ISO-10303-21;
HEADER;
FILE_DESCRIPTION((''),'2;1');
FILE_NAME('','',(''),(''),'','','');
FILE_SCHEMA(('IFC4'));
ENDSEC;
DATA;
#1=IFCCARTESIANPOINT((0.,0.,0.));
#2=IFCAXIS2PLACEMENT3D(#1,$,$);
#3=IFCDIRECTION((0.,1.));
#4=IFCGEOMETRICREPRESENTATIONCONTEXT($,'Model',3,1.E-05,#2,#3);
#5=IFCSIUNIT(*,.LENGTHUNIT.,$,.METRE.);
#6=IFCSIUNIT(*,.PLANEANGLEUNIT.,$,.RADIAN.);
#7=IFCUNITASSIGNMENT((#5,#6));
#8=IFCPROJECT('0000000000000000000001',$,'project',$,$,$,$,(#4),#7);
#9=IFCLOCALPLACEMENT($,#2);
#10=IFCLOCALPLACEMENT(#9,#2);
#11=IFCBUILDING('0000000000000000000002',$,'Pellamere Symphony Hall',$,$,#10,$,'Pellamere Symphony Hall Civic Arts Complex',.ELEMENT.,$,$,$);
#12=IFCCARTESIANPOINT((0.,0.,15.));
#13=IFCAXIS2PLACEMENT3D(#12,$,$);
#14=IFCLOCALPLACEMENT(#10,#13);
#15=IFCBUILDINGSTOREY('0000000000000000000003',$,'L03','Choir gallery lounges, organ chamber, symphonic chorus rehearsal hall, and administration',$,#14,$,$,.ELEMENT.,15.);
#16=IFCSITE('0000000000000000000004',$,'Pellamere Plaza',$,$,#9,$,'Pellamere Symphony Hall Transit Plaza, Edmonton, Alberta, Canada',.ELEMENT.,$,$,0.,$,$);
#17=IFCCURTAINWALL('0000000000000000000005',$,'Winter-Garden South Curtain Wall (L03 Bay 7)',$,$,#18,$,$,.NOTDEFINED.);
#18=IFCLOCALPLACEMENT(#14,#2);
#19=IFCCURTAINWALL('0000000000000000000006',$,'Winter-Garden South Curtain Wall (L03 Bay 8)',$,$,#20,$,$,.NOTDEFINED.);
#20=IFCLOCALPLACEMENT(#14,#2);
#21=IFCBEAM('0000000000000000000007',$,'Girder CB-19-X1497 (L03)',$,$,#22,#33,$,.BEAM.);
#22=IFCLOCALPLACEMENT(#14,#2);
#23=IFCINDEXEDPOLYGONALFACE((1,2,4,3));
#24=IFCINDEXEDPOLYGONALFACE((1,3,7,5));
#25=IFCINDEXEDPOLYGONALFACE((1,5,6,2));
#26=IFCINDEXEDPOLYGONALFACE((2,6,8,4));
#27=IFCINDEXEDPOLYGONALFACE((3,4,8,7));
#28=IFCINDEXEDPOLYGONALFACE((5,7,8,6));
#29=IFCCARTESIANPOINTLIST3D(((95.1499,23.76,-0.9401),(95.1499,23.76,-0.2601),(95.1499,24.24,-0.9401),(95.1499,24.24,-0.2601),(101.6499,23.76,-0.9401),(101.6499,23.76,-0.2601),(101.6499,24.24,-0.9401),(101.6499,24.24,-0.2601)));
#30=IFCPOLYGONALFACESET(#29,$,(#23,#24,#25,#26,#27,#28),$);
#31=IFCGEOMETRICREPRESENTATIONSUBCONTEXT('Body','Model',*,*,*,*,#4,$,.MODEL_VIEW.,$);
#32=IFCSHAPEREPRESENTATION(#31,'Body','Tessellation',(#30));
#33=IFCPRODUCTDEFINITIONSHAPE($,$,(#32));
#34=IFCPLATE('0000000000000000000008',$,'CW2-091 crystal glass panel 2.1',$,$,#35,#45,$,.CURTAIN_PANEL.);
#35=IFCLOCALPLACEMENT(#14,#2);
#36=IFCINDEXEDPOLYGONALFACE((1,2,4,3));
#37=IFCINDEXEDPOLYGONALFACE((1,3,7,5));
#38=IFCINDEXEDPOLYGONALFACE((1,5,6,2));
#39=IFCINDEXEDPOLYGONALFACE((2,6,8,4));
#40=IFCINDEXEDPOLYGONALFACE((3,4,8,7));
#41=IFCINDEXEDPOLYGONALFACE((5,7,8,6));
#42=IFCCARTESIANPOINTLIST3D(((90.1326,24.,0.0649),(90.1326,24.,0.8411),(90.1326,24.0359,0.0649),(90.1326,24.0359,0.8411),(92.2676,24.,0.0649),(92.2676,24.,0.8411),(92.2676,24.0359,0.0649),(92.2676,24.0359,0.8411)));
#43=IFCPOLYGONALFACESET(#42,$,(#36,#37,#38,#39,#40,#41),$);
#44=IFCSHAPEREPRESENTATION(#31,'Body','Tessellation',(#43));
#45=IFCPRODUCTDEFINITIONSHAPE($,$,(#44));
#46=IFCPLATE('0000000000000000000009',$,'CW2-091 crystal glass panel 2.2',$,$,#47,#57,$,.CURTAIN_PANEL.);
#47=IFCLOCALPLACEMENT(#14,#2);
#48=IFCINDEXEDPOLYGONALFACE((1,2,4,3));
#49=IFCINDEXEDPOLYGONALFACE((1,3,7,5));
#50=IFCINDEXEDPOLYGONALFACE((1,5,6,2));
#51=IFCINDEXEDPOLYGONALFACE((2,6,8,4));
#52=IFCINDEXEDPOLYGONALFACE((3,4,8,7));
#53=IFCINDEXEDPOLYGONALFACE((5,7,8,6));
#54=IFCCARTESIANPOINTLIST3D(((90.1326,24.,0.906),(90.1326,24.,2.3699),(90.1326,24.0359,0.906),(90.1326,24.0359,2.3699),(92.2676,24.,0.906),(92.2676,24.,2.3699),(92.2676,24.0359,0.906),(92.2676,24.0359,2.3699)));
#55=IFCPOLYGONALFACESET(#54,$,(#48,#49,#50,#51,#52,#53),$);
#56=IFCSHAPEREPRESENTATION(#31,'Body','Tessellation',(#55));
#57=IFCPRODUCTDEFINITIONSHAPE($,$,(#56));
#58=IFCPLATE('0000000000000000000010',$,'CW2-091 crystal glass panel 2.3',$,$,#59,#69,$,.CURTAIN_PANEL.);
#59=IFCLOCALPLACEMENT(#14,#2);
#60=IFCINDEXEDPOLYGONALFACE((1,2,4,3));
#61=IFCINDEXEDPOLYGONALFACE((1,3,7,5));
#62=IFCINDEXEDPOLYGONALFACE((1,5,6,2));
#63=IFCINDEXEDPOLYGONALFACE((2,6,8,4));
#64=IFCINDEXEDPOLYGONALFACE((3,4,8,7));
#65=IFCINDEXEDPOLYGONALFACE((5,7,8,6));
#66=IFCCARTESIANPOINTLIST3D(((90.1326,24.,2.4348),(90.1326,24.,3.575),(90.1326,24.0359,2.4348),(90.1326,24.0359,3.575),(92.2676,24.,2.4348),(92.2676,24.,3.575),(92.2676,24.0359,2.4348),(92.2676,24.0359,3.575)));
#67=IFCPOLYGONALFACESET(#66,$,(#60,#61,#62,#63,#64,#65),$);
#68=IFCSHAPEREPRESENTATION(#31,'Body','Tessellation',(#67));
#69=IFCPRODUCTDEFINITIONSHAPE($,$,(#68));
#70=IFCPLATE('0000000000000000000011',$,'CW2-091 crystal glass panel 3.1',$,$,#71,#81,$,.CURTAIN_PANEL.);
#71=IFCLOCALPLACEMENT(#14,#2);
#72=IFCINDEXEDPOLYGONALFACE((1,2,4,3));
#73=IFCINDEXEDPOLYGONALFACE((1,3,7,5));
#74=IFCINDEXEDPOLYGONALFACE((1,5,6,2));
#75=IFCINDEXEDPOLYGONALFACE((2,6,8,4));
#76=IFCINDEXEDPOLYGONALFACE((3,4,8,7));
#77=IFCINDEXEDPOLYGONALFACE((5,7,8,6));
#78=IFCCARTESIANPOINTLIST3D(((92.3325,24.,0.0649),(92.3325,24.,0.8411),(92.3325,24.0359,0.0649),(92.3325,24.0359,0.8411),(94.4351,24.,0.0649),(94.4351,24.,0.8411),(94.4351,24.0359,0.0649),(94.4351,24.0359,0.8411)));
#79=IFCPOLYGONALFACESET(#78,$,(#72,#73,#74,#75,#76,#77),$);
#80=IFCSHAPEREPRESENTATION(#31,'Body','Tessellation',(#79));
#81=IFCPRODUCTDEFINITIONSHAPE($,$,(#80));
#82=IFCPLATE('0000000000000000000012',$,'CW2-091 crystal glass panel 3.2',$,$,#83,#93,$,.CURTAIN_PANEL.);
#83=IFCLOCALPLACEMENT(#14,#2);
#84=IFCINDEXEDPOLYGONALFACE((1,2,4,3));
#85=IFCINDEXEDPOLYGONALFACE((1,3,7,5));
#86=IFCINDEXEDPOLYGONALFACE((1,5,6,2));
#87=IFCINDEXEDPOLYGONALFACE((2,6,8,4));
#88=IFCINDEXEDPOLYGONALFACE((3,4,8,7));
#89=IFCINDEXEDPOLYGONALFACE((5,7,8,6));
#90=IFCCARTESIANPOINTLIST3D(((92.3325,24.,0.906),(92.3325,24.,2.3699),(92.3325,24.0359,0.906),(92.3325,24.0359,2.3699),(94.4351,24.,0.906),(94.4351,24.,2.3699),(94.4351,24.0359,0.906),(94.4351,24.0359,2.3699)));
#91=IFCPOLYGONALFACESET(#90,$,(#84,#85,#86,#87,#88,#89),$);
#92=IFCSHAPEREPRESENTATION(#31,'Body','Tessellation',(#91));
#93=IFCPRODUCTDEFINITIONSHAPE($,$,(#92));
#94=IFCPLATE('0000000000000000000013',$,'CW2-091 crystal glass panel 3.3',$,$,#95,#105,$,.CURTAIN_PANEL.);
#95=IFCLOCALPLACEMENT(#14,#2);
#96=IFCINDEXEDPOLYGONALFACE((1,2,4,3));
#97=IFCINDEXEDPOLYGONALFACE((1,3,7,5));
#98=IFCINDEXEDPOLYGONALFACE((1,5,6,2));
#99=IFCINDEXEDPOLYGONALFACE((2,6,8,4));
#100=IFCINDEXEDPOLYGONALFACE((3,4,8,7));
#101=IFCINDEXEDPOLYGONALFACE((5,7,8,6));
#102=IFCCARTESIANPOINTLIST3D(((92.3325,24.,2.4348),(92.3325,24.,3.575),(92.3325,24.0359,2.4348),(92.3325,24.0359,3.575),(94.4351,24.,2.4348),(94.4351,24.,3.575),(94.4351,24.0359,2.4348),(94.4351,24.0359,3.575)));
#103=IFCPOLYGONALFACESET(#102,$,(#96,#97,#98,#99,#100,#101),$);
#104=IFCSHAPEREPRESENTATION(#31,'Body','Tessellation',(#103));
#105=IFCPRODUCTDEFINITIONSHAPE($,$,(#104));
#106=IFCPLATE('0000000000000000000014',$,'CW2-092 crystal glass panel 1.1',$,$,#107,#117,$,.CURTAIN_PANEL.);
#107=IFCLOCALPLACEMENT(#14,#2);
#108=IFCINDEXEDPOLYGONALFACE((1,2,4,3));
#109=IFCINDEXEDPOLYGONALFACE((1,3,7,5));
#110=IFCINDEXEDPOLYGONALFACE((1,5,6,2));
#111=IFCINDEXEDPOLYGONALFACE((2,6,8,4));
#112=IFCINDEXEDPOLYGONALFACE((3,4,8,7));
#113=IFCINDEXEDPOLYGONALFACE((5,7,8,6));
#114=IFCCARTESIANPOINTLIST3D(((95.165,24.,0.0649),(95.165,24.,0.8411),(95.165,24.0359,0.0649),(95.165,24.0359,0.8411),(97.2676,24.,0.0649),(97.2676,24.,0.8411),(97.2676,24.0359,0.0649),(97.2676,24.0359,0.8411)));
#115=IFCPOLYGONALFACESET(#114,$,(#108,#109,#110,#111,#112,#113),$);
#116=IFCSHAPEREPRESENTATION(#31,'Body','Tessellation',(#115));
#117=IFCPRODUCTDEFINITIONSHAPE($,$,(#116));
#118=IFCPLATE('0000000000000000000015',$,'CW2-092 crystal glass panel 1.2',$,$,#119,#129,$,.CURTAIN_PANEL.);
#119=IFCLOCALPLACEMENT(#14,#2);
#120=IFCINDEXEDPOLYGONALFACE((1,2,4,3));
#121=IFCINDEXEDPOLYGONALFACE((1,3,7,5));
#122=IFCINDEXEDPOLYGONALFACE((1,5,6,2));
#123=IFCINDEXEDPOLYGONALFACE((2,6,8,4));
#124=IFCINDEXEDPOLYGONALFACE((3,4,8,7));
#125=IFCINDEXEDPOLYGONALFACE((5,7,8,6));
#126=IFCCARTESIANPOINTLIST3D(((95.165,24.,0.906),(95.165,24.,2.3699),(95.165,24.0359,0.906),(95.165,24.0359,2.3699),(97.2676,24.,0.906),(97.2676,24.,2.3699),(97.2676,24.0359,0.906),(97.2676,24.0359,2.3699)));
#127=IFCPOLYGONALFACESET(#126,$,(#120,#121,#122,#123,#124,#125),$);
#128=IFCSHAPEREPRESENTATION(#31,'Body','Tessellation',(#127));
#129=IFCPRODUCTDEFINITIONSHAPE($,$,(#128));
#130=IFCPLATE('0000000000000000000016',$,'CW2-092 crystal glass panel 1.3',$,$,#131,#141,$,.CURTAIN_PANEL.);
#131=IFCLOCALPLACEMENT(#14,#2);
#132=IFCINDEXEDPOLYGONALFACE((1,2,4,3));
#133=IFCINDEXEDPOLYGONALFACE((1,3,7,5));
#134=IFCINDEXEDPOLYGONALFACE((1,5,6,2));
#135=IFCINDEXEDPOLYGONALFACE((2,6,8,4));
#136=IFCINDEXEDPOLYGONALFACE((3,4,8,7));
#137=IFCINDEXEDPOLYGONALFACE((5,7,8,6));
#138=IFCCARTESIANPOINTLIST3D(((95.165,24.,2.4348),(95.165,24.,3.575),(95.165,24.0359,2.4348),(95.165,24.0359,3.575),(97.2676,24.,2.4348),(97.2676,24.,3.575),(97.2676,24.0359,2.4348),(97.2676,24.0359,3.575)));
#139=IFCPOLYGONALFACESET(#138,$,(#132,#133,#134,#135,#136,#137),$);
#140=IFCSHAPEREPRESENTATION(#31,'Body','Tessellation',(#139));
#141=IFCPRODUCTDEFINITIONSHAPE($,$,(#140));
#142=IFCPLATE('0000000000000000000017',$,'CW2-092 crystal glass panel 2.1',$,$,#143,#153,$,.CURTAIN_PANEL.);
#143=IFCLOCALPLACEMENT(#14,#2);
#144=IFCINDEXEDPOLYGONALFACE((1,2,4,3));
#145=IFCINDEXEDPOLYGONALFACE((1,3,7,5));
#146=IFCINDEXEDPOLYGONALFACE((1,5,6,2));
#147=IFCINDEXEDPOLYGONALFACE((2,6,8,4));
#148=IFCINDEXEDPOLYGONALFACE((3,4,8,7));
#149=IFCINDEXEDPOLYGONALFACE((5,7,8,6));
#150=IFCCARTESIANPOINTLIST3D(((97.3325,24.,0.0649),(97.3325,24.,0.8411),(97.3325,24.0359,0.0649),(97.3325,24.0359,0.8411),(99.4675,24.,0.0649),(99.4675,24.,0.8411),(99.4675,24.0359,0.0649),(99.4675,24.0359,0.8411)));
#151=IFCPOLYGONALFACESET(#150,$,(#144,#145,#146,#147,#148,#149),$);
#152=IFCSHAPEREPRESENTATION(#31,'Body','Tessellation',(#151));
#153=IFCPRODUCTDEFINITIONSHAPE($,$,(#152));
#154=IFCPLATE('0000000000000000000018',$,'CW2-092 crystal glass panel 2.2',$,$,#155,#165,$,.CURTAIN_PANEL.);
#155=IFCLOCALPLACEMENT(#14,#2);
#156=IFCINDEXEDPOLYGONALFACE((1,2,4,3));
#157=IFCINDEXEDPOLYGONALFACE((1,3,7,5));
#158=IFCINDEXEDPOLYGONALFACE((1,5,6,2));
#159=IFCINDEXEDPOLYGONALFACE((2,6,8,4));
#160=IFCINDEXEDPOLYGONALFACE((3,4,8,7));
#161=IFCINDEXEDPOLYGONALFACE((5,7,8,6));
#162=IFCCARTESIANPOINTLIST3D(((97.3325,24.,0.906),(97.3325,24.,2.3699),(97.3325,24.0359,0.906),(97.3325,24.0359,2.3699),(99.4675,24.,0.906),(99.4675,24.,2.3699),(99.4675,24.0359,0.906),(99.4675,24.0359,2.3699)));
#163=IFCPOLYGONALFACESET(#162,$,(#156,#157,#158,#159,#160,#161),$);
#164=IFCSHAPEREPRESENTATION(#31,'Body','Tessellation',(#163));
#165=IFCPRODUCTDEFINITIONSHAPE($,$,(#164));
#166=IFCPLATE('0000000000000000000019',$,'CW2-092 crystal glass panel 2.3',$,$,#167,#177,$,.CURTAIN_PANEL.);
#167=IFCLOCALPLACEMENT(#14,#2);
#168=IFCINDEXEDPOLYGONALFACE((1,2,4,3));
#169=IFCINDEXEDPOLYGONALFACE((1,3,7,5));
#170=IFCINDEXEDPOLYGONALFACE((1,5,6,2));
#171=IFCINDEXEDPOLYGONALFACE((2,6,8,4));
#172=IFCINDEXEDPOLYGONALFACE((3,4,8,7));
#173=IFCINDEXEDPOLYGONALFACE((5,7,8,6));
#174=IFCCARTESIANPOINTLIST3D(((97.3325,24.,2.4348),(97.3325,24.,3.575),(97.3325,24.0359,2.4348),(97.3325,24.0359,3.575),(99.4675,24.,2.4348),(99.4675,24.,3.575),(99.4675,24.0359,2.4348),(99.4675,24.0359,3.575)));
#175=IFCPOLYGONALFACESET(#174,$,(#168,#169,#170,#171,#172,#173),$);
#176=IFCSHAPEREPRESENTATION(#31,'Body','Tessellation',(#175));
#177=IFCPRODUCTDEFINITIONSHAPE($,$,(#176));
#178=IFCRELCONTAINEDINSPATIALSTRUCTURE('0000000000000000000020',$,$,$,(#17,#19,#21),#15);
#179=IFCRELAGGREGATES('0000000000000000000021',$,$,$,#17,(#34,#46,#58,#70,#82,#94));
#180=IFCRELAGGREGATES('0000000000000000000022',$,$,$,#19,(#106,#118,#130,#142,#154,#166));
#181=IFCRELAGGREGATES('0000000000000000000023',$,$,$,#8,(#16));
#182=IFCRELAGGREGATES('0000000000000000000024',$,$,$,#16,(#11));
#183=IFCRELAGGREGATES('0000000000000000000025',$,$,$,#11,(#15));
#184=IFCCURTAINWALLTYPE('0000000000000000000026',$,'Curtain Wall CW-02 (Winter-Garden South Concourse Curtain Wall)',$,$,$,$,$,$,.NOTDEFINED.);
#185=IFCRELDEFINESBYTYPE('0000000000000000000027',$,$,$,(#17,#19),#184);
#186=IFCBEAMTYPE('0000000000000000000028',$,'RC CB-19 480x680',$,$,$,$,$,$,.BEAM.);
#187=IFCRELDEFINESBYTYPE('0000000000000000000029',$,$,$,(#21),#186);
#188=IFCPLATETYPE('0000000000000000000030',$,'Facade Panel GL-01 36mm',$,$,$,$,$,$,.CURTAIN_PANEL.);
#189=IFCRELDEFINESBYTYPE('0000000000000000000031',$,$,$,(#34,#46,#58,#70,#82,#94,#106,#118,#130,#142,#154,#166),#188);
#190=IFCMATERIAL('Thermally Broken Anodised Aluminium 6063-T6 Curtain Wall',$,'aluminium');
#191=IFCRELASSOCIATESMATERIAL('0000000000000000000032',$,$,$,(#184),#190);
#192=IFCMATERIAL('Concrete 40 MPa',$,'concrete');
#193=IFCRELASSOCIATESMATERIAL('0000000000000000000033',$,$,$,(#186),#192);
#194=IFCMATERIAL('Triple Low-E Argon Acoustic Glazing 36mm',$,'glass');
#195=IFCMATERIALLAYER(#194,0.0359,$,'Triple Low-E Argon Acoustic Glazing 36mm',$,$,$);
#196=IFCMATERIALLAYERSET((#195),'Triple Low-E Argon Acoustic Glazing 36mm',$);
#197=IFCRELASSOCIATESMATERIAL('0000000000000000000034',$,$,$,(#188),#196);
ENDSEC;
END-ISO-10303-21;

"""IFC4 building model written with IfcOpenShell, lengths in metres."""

from ifc_helpers import new_model, si_unit, direction, frame, origin, origin_2d, place, context, subcontext, project, spatial, polyline, rectangle, outline, extrude, material, layer, layer_set, material_profile, profile_set, type_object, element, aggregate, save


model = new_model("IFC4")

# Units and contexts
model_context = context("Model", 3, precision=1e-05, world=origin(), true_north=direction((0.0, 1.0)))
body_context = subcontext(model_context, "Body", "Model", "MODEL_VIEW")
ifc_project = project(units=[si_unit("LENGTHUNIT", "METRE"), si_unit("PLANEANGLEUNIT", "RADIAN")], contexts=[model_context])

# Site, building, storey
site_placement = place(None, origin())
site = spatial("IfcSite", under=ifc_project, at=site_placement, Name="Pellamere Plaza", LongName="Pellamere Symphony Hall Transit Plaza, Edmonton, Alberta, Canada", CompositionType="ELEMENT", RefElevation=0.0)
building_placement = place(site_placement, origin())
building = spatial("IfcBuilding", under=site, at=building_placement, Name="Pellamere Symphony Hall", LongName="Pellamere Symphony Hall Civic Arts Complex", CompositionType="ELEMENT")
storey_placement = place(building_placement, frame((0.0, 0.0, 15.0)))
storey = spatial("IfcBuildingStorey", under=building, at=storey_placement, Name="L03", Description="Choir gallery lounges, organ chamber, symphonic chorus rehearsal hall, and administration", CompositionType="ELEMENT", Elevation=15.0)

# Shared definitions
ifc_material_1 = material(Name="Concrete 40 MPa", Category="concrete")

# Curtain walls
ifc_material_2 = material(Name="Thermally Broken Anodised Aluminium 6063-T6 Curtain Wall", Category="aluminium")
curtain_wall_type = type_object("IfcCurtainWallType", Name="Curtain Wall CW-02 (Winter-Garden South Concourse Curtain Wall)", PredefinedType="NOTDEFINED", material=ifc_material_2)
curtain_wall_1_placement = place(storey_placement, origin())
curtain_wall_1 = element("IfcCurtainWall", 1, at=curtain_wall_1_placement, inside=storey, type_object=curtain_wall_type, Name="Winter-Garden South Curtain Wall (L03 Bay 7)", PredefinedType="NOTDEFINED")
curtain_wall_2_placement = place(storey_placement, origin())
curtain_wall_2 = element("IfcCurtainWall", 2, at=curtain_wall_2_placement, inside=storey, type_object=curtain_wall_type, Name="Winter-Garden South Curtain Wall (L03 Bay 8)", PredefinedType="NOTDEFINED")

# Beam
ifc_material_profile_1 = material_profile(ifc_material_1, rectangle(XDim=0.48, YDim=0.6799, at=origin_2d()), Name="RC 480x680")
ifc_profile_set_1 = profile_set([ifc_material_profile_1], Name="Concrete 40 MPa")
beam_type = type_object("IfcBeamType", Name="RC CB-19 480x680", PredefinedType="BEAM", material=ifc_profile_set_1)
beam_placement = place(storey_placement, frame((95.1499, 24.0, -0.6001), z_axis=(1.0, 0.0, 0.0), x_axis=(0.0, 1.0, 0.0)))
element("IfcBeam", 3, at=beam_placement, inside=storey, type_object=beam_type, Name="Girder CB-19-X1497 (L03)", PredefinedType="BEAM", context=body_context, shape_type="SweptSolid", body=[
    extrude(rectangle(XDim=0.48, YDim=0.6799, at=origin_2d()), origin(), (0.0, 0.0, 1.0), 6.5),
])

# Plates
ifc_material_3 = material(Name="Triple Low-E Argon Acoustic Glazing 36mm", Category="glass")
ifc_layer = layer(ifc_material_3, 0.0359, Name="Triple Low-E Argon Acoustic Glazing 36mm")
ifc_layer_set = layer_set([ifc_layer], Name="Triple Low-E Argon Acoustic Glazing 36mm")
plate_type = type_object("IfcPlateType", Name="Facade Panel GL-01 36mm", PredefinedType="CURTAIN_PANEL", material=ifc_layer_set)
plate_1_placement = place(storey_placement, frame((90.1326, 24.0, 0.0649), z_axis=(0.0, -1.0, 0.0), x_axis=(1.0, 0.0, 0.0)))
plate_1 = element("IfcPlate", 4, at=plate_1_placement, type_object=plate_type, Name="CW2-091 crystal glass panel 2.1", PredefinedType="CURTAIN_PANEL", context=body_context, shape_type="SweptSolid", body=[
    extrude(outline(polyline([(0.0, 0.0), (2.135, 0.0), (2.135, 0.7761), (0.0, 0.7761), (0.0, 0.0)])), origin(), (0.0, 0.0, -1.0), 0.0359),
])
plate_2_placement = place(storey_placement, frame((90.1326, 24.0, 0.906), z_axis=(0.0, -1.0, 0.0), x_axis=(1.0, 0.0, 0.0)))
plate_2 = element("IfcPlate", 5, at=plate_2_placement, type_object=plate_type, Name="CW2-091 crystal glass panel 2.2", PredefinedType="CURTAIN_PANEL", context=body_context, shape_type="SweptSolid", body=[
    extrude(outline(polyline([(0.0, 0.0), (2.135, 0.0), (2.135, 1.4639), (0.0, 1.4639), (0.0, 0.0)])), origin(), (0.0, 0.0, -1.0), 0.0359),
])
plate_3_placement = place(storey_placement, frame((90.1326, 24.0, 2.4348), z_axis=(0.0, -1.0, 0.0), x_axis=(1.0, 0.0, 0.0)))
plate_3 = element("IfcPlate", 6, at=plate_3_placement, type_object=plate_type, Name="CW2-091 crystal glass panel 2.3", PredefinedType="CURTAIN_PANEL", context=body_context, shape_type="SweptSolid", body=[
    extrude(outline(polyline([(0.0, 0.0), (2.135, 0.0), (2.135, 1.1401), (0.0, 1.1401), (0.0, 0.0)])), origin(), (0.0, 0.0, -1.0), 0.0359),
])
plate_4_placement = place(storey_placement, frame((92.3325, 24.0, 0.0649), z_axis=(0.0, -1.0, 0.0), x_axis=(1.0, 0.0, 0.0)))
plate_4 = element("IfcPlate", 7, at=plate_4_placement, type_object=plate_type, Name="CW2-091 crystal glass panel 3.1", PredefinedType="CURTAIN_PANEL", context=body_context, shape_type="SweptSolid", body=[
    extrude(outline(polyline([(0.0, 0.0), (2.1025, 0.0), (2.1025, 0.7761), (0.0, 0.7761), (0.0, 0.0)])), origin(), (0.0, 0.0, -1.0), 0.0359),
])
plate_5_placement = place(storey_placement, frame((92.3325, 24.0, 0.906), z_axis=(0.0, -1.0, 0.0), x_axis=(1.0, 0.0, 0.0)))
plate_5 = element("IfcPlate", 8, at=plate_5_placement, type_object=plate_type, Name="CW2-091 crystal glass panel 3.2", PredefinedType="CURTAIN_PANEL", context=body_context, shape_type="SweptSolid", body=[
    extrude(outline(polyline([(0.0, 0.0), (2.1025, 0.0), (2.1025, 1.4639), (0.0, 1.4639), (0.0, 0.0)])), origin(), (0.0, 0.0, -1.0), 0.0359),
])
plate_6_placement = place(storey_placement, frame((92.3325, 24.0, 2.4348), z_axis=(0.0, -1.0, 0.0), x_axis=(1.0, 0.0, 0.0)))
plate_6 = element("IfcPlate", 9, at=plate_6_placement, type_object=plate_type, Name="CW2-091 crystal glass panel 3.3", PredefinedType="CURTAIN_PANEL", context=body_context, shape_type="SweptSolid", body=[
    extrude(outline(polyline([(0.0, 0.0), (2.1025, 0.0), (2.1025, 1.1401), (0.0, 1.1401), (0.0, 0.0)])), origin(), (0.0, 0.0, -1.0), 0.0359),
])
aggregate(curtain_wall_1, [plate_1, plate_2, plate_3, plate_4, plate_5, plate_6])
plate_7_placement = place(storey_placement, frame((95.165, 24.0, 0.0649), z_axis=(0.0, -1.0, 0.0), x_axis=(1.0, 0.0, 0.0)))
plate_7 = element("IfcPlate", 10, at=plate_7_placement, type_object=plate_type, Name="CW2-092 crystal glass panel 1.1", PredefinedType="CURTAIN_PANEL", context=body_context, shape_type="SweptSolid", body=[
    extrude(outline(polyline([(0.0, 0.0), (2.1025, 0.0), (2.1025, 0.7761), (0.0, 0.7761), (0.0, 0.0)])), origin(), (0.0, 0.0, -1.0), 0.0359),
])
plate_8_placement = place(storey_placement, frame((95.165, 24.0, 0.906), z_axis=(0.0, -1.0, 0.0), x_axis=(1.0, 0.0, 0.0)))
plate_8 = element("IfcPlate", 11, at=plate_8_placement, type_object=plate_type, Name="CW2-092 crystal glass panel 1.2", PredefinedType="CURTAIN_PANEL", context=body_context, shape_type="SweptSolid", body=[
    extrude(outline(polyline([(0.0, 0.0), (2.1025, 0.0), (2.1025, 1.4639), (0.0, 1.4639), (0.0, 0.0)])), origin(), (0.0, 0.0, -1.0), 0.0359),
])
plate_9_placement = place(storey_placement, frame((95.165, 24.0, 2.4348), z_axis=(0.0, -1.0, 0.0), x_axis=(1.0, 0.0, 0.0)))
plate_9 = element("IfcPlate", 12, at=plate_9_placement, type_object=plate_type, Name="CW2-092 crystal glass panel 1.3", PredefinedType="CURTAIN_PANEL", context=body_context, shape_type="SweptSolid", body=[
    extrude(outline(polyline([(0.0, 0.0), (2.1025, 0.0), (2.1025, 1.1401), (0.0, 1.1401), (0.0, 0.0)])), origin(), (0.0, 0.0, -1.0), 0.0359),
])
plate_10_placement = place(storey_placement, frame((97.3325, 24.0, 0.0649), z_axis=(0.0, -1.0, 0.0), x_axis=(1.0, 0.0, 0.0)))
plate_10 = element("IfcPlate", 13, at=plate_10_placement, type_object=plate_type, Name="CW2-092 crystal glass panel 2.1", PredefinedType="CURTAIN_PANEL", context=body_context, shape_type="SweptSolid", body=[
    extrude(outline(polyline([(0.0, 0.0), (2.135, 0.0), (2.135, 0.7761), (0.0, 0.7761), (0.0, 0.0)])), origin(), (0.0, 0.0, -1.0), 0.0359),
])
plate_11_placement = place(storey_placement, frame((97.3325, 24.0, 0.906), z_axis=(0.0, -1.0, 0.0), x_axis=(1.0, 0.0, 0.0)))
plate_11 = element("IfcPlate", 14, at=plate_11_placement, type_object=plate_type, Name="CW2-092 crystal glass panel 2.2", PredefinedType="CURTAIN_PANEL", context=body_context, shape_type="SweptSolid", body=[
    extrude(outline(polyline([(0.0, 0.0), (2.135, 0.0), (2.135, 1.4639), (0.0, 1.4639), (0.0, 0.0)])), origin(), (0.0, 0.0, -1.0), 0.0359),
])
plate_12_placement = place(storey_placement, frame((97.3325, 24.0, 2.4348), z_axis=(0.0, -1.0, 0.0), x_axis=(1.0, 0.0, 0.0)))
plate_12 = element("IfcPlate", 15, at=plate_12_placement, type_object=plate_type, Name="CW2-092 crystal glass panel 2.3", PredefinedType="CURTAIN_PANEL", context=body_context, shape_type="SweptSolid", body=[
    extrude(outline(polyline([(0.0, 0.0), (2.135, 0.0), (2.135, 1.1401), (0.0, 1.1401), (0.0, 0.0)])), origin(), (0.0, 0.0, -1.0), 0.0359),
])
aggregate(curtain_wall_2, [plate_7, plate_8, plate_9, plate_10, plate_11, plate_12])

save(model, "model.ifc")
